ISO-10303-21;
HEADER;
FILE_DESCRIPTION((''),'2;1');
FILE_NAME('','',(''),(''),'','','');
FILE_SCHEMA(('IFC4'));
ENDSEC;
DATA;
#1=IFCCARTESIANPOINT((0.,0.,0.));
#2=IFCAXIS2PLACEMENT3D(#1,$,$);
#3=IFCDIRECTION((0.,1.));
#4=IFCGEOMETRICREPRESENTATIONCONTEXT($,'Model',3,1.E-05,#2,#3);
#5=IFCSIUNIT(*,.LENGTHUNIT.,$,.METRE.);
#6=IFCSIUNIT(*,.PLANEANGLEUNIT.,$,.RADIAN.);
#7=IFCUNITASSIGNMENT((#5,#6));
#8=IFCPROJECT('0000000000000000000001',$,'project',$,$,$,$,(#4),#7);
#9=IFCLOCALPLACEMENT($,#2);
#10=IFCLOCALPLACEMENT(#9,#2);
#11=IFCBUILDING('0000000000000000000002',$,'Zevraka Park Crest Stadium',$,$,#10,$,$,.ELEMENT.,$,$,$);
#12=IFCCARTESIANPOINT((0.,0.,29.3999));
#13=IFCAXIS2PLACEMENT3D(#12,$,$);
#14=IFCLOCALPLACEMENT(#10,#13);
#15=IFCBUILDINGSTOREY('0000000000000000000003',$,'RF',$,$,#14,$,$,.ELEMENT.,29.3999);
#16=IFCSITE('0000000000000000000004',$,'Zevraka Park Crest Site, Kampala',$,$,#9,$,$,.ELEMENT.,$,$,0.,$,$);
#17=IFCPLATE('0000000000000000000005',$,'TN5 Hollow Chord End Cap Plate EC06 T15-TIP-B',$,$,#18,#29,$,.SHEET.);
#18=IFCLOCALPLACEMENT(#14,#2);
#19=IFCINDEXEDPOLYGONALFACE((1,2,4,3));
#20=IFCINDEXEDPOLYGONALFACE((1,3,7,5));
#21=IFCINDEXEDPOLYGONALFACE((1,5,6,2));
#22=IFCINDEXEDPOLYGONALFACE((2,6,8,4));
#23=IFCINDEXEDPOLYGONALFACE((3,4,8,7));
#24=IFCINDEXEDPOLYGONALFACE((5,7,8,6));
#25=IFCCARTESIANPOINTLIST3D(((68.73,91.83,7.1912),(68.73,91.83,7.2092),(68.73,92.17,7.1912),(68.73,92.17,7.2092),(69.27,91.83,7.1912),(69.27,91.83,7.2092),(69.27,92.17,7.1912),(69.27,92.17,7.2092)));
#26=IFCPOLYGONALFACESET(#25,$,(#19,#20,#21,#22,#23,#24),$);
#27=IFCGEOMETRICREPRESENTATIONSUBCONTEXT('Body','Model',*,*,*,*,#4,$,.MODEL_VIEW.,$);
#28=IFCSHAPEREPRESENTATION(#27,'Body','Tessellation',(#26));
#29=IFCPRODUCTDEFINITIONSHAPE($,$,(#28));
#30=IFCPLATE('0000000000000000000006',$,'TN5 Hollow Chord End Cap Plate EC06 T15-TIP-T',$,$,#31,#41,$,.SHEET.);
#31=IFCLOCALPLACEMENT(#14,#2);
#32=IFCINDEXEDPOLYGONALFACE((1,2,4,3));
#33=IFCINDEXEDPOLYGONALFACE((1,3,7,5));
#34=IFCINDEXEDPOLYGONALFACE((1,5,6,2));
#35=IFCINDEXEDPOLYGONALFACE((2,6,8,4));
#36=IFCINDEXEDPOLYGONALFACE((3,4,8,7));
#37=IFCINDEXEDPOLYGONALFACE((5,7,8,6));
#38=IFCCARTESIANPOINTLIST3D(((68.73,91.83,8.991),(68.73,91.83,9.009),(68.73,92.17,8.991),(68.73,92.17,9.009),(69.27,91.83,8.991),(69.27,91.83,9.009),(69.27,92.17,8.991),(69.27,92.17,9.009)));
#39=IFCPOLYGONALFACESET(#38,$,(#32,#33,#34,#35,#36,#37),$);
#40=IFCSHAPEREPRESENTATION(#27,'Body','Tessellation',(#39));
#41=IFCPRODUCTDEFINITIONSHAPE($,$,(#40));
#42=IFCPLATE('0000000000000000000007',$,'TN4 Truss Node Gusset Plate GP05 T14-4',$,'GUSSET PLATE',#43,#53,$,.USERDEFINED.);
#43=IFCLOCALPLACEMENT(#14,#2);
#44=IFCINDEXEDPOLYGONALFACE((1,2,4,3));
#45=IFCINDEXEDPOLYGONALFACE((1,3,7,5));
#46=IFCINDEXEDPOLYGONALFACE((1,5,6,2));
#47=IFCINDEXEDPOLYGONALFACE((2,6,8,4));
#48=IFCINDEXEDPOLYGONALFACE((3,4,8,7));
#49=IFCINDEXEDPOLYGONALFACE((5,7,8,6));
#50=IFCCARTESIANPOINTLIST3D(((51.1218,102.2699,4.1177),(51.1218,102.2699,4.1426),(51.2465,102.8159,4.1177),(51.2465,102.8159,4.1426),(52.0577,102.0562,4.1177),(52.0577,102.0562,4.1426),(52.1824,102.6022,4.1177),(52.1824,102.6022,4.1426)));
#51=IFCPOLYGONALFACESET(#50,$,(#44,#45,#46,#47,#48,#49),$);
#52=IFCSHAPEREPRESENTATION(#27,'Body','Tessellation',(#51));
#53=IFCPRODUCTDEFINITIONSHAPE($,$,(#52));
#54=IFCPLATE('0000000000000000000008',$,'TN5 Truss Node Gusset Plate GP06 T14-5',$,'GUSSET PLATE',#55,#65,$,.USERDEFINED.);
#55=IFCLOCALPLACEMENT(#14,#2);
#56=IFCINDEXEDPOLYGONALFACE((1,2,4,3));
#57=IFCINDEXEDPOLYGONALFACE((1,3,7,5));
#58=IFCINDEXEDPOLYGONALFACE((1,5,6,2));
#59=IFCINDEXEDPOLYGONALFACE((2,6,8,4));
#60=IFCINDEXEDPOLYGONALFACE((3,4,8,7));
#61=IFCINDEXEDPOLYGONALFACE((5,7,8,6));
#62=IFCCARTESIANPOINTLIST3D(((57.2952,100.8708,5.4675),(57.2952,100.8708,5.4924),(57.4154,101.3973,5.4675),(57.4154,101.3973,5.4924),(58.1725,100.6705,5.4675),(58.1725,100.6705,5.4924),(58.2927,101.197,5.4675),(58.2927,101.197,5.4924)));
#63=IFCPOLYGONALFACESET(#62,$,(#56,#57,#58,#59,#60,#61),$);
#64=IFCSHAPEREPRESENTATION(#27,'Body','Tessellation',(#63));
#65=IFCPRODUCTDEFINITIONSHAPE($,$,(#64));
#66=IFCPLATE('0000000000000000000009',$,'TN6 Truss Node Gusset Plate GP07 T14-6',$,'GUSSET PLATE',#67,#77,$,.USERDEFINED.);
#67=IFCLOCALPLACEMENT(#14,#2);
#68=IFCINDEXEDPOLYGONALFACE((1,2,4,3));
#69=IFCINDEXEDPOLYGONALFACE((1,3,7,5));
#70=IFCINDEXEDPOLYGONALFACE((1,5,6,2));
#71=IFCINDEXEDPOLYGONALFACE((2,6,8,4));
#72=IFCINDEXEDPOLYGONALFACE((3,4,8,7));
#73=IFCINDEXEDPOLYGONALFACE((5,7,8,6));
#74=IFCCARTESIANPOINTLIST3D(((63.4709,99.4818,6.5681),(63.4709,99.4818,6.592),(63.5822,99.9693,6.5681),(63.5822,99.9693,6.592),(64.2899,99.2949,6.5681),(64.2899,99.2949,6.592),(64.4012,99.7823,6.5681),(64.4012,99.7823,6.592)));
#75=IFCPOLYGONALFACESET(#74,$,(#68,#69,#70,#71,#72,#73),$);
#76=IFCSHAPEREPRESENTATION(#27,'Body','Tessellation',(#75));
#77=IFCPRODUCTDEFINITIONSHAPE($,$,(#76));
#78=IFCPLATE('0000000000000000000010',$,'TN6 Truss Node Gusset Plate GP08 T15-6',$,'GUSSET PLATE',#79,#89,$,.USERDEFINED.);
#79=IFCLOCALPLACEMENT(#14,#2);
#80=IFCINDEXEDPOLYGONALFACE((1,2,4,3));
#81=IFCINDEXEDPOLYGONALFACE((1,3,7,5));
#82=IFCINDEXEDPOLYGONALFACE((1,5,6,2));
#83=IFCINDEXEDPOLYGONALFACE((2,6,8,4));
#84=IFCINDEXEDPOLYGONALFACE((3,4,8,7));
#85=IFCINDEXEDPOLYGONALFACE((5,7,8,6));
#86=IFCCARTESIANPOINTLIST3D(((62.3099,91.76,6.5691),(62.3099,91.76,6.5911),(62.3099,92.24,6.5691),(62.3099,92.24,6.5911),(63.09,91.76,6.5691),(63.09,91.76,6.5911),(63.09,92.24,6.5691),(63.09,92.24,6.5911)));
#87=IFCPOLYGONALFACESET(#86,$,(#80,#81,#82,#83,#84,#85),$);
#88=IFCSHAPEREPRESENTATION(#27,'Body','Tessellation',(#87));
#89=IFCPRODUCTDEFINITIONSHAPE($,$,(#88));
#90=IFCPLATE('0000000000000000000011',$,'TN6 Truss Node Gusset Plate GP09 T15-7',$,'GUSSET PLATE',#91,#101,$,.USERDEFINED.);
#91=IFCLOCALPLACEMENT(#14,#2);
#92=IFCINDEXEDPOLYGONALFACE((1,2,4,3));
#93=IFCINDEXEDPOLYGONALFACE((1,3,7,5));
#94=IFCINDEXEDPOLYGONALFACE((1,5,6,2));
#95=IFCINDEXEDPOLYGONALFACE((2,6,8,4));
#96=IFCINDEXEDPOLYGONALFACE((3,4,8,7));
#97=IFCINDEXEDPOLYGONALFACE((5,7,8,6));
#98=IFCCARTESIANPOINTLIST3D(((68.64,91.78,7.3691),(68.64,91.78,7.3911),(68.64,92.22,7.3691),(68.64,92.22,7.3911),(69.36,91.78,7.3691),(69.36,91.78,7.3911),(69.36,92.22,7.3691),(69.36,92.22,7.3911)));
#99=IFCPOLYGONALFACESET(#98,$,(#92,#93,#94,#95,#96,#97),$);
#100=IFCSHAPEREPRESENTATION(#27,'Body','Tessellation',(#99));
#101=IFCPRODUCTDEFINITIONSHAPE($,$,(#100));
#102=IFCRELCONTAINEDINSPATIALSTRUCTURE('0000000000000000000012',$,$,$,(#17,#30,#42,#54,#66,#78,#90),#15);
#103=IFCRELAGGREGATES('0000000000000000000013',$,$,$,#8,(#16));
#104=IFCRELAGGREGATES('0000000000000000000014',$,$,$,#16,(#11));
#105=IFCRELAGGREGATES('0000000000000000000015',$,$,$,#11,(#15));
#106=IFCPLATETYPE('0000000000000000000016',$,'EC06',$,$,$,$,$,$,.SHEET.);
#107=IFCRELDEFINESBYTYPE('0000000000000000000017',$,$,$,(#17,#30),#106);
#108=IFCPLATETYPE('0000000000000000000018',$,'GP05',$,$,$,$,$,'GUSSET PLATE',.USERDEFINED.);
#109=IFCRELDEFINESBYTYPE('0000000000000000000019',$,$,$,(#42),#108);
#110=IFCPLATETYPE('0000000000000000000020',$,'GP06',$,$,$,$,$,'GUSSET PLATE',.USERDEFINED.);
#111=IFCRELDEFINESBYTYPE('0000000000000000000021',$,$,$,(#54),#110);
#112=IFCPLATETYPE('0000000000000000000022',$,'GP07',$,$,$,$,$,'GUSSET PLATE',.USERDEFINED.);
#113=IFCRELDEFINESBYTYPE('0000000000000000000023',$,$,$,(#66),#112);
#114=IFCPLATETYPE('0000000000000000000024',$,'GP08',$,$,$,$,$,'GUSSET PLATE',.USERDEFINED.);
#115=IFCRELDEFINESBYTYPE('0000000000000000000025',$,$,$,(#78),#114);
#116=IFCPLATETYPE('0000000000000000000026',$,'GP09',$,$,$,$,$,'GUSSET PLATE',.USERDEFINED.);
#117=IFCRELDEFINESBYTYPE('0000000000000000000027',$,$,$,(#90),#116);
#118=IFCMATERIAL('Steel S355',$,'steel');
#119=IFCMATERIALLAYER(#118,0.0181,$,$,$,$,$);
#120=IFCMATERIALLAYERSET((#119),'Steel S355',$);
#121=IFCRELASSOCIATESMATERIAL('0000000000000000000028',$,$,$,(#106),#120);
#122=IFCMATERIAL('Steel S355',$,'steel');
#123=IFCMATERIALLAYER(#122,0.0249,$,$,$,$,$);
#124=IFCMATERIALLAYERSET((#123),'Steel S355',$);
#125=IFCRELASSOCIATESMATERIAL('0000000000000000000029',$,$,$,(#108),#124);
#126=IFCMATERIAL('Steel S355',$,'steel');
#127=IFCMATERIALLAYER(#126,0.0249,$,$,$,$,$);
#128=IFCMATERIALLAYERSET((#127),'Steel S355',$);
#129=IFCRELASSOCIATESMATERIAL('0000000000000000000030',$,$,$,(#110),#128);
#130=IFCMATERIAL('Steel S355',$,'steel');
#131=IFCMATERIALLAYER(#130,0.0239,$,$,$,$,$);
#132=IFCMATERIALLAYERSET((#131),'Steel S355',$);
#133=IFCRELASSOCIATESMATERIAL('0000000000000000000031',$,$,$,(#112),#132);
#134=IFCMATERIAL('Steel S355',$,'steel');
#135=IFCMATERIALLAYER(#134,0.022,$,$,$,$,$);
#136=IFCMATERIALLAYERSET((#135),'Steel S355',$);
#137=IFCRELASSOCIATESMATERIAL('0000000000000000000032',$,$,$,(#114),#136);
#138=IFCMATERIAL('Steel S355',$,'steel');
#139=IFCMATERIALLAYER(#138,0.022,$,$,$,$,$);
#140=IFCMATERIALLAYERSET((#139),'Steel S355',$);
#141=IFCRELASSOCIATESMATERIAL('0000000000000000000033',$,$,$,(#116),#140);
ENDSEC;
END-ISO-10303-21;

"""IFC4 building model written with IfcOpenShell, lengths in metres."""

from ifc_helpers import new_model, si_unit, direction, frame, origin, origin_2d, place, context, subcontext, project, spatial, rectangle, extrude, material, layer, layer_set, type_object, element, save


model = new_model("IFC4")

# Units and contexts
model_context = context("Model", 3, precision=1e-05, world=origin(), true_north=direction((0.0, 1.0)))
body_context = subcontext(model_context, "Body", "Model", "MODEL_VIEW")
ifc_project = project(units=[si_unit("LENGTHUNIT", "METRE"), si_unit("PLANEANGLEUNIT", "RADIAN")], contexts=[model_context])

# Site, building, storey
site_placement = place(None, origin())
site = spatial("IfcSite", under=ifc_project, at=site_placement, Name="Zevraka Park Crest Site, Kampala", CompositionType="ELEMENT", RefElevation=0.0)
building_placement = place(site_placement, origin())
building = spatial("IfcBuilding", under=site, at=building_placement, Name="Zevraka Park Crest Stadium", CompositionType="ELEMENT")
storey_placement = place(building_placement, frame((0.0, 0.0, 29.3999)))
storey = spatial("IfcBuildingStorey", under=building, at=storey_placement, Name="RF", CompositionType="ELEMENT", Elevation=29.3999)

# Plates
ifc_material_1 = material(Name="Steel S355", Category="steel")
ifc_layer_1 = layer(ifc_material_1, 0.0181)
ifc_layer_set_1 = layer_set([ifc_layer_1], Name="Steel S355")
plate_type_1 = type_object("IfcPlateType", Name="EC06", PredefinedType="SHEET", material=ifc_layer_set_1)
for number, where, z_axis, x_axis, name in (
    (1, (69.0, 92.0, 7.1912), (0.0, 0.0, 1.0), (1.0, 0.0, 0.0), "TN5 Hollow Chord End Cap Plate EC06 T15-TIP-B"),
    (2, (69.0, 92.0, 8.991), (0.0, 0.0, 1.0), (1.0, 0.0, 0.0), "TN5 Hollow Chord End Cap Plate EC06 T15-TIP-T"),
):
    element("IfcPlate", number, at=place(storey_placement, frame(where, z_axis=z_axis, x_axis=x_axis)), inside=storey, type_object=plate_type_1, Name=name, PredefinedType="SHEET", context=body_context, shape_type="SweptSolid", body=[
        extrude(rectangle(XDim=0.54, YDim=0.3401, at=origin_2d()), origin(), (0.0, 0.0, 1.0), 0.0181),
    ])
ifc_material_2 = material(Name="Steel S355", Category="steel")
ifc_layer_2 = layer(ifc_material_2, 0.0249)
ifc_layer_set_2 = layer_set([ifc_layer_2], Name="Steel S355")
plate_type_2 = type_object("IfcPlateType", Name="GP05", ElementType="GUSSET PLATE", PredefinedType="USERDEFINED", material=ifc_layer_set_2)
plate_1_placement = place(storey_placement, frame((51.6521, 102.436, 4.1177), z_axis=(0.0, 0.0, 1.0), x_axis=(-0.974917, 0.22257, 0.0)))
element("IfcPlate", 3, at=plate_1_placement, inside=storey, type_object=plate_type_2, Name="TN4 Truss Node Gusset Plate GP05 T14-4", ObjectType="GUSSET PLATE", PredefinedType="USERDEFINED", context=body_context, shape_type="SweptSolid", body=[
    extrude(rectangle(XDim=0.96, YDim=0.5601, at=origin_2d()), origin(), (0.0, 0.0, 1.0), 0.0249),
])
ifc_material_3 = material(Name="Steel S355", Category="steel")
ifc_layer_3 = layer(ifc_material_3, 0.0249)
ifc_layer_set_3 = layer_set([ifc_layer_3], Name="Steel S355")
plate_type_3 = type_object("IfcPlateType", Name="GP06", ElementType="GUSSET PLATE", PredefinedType="USERDEFINED", material=ifc_layer_set_3)
plate_2_placement = place(storey_placement, frame((57.7939, 101.0339, 5.4675), z_axis=(0.0, 0.0, 1.0), x_axis=(-0.974917, 0.22257, 0.0)))
element("IfcPlate", 4, at=plate_2_placement, inside=storey, type_object=plate_type_3, Name="TN5 Truss Node Gusset Plate GP06 T14-5", ObjectType="GUSSET PLATE", PredefinedType="USERDEFINED", context=body_context, shape_type="SweptSolid", body=[
    extrude(rectangle(XDim=0.8999, YDim=0.54, at=origin_2d()), origin(), (0.0, 0.0, 1.0), 0.0249),
])
ifc_material_4 = material(Name="Steel S355", Category="steel")
ifc_layer_4 = layer(ifc_material_4, 0.0239)
ifc_layer_set_4 = layer_set([ifc_layer_4], Name="Steel S355")
plate_type_4 = type_object("IfcPlateType", Name="GP07", ElementType="GUSSET PLATE", PredefinedType="USERDEFINED", material=ifc_layer_set_4)
plate_3_placement = place(storey_placement, frame((63.936, 99.6321, 6.5681), z_axis=(0.0, 0.0, 1.0), x_axis=(-0.974917, 0.22257, 0.0)))
element("IfcPlate", 5, at=plate_3_placement, inside=storey, type_object=plate_type_4, Name="TN6 Truss Node Gusset Plate GP07 T14-6", ObjectType="GUSSET PLATE", PredefinedType="USERDEFINED", context=body_context, shape_type="SweptSolid", body=[
    extrude(rectangle(XDim=0.8401, YDim=0.5, at=origin_2d()), origin(), (0.0, 0.0, 1.0), 0.0239),
])
ifc_material_5 = material(Name="Steel S355", Category="steel")
ifc_layer_5 = layer(ifc_material_5, 0.022)
ifc_layer_set_5 = layer_set([ifc_layer_5], Name="Steel S355")
plate_type_5 = type_object("IfcPlateType", Name="GP08", ElementType="GUSSET PLATE", PredefinedType="USERDEFINED", material=ifc_layer_set_5)
plate_4_placement = place(storey_placement, frame((62.7, 92.0, 6.5691), z_axis=(0.0, 0.0, 1.0), x_axis=(1.0, 0.0, 0.0)))
element("IfcPlate", 6, at=plate_4_placement, inside=storey, type_object=plate_type_5, Name="TN6 Truss Node Gusset Plate GP08 T15-6", ObjectType="GUSSET PLATE", PredefinedType="USERDEFINED", context=body_context, shape_type="SweptSolid", body=[
    extrude(rectangle(XDim=0.78, YDim=0.48, at=origin_2d()), origin(), (0.0, 0.0, 1.0), 0.022),
])
ifc_material_6 = material(Name="Steel S355", Category="steel")
ifc_layer_6 = layer(ifc_material_6, 0.022)
ifc_layer_set_6 = layer_set([ifc_layer_6], Name="Steel S355")
plate_type_6 = type_object("IfcPlateType", Name="GP09", ElementType="GUSSET PLATE", PredefinedType="USERDEFINED", material=ifc_layer_set_6)
plate_5_placement = place(storey_placement, frame((69.0, 92.0, 7.3691), z_axis=(0.0, 0.0, 1.0), x_axis=(1.0, 0.0, 0.0)))
element("IfcPlate", 7, at=plate_5_placement, inside=storey, type_object=plate_type_6, Name="TN6 Truss Node Gusset Plate GP09 T15-7", ObjectType="GUSSET PLATE", PredefinedType="USERDEFINED", context=body_context, shape_type="SweptSolid", body=[
    extrude(rectangle(XDim=0.72, YDim=0.4399, at=origin_2d()), origin(), (0.0, 0.0, 1.0), 0.022),
])

save(model, "model.ifc")
